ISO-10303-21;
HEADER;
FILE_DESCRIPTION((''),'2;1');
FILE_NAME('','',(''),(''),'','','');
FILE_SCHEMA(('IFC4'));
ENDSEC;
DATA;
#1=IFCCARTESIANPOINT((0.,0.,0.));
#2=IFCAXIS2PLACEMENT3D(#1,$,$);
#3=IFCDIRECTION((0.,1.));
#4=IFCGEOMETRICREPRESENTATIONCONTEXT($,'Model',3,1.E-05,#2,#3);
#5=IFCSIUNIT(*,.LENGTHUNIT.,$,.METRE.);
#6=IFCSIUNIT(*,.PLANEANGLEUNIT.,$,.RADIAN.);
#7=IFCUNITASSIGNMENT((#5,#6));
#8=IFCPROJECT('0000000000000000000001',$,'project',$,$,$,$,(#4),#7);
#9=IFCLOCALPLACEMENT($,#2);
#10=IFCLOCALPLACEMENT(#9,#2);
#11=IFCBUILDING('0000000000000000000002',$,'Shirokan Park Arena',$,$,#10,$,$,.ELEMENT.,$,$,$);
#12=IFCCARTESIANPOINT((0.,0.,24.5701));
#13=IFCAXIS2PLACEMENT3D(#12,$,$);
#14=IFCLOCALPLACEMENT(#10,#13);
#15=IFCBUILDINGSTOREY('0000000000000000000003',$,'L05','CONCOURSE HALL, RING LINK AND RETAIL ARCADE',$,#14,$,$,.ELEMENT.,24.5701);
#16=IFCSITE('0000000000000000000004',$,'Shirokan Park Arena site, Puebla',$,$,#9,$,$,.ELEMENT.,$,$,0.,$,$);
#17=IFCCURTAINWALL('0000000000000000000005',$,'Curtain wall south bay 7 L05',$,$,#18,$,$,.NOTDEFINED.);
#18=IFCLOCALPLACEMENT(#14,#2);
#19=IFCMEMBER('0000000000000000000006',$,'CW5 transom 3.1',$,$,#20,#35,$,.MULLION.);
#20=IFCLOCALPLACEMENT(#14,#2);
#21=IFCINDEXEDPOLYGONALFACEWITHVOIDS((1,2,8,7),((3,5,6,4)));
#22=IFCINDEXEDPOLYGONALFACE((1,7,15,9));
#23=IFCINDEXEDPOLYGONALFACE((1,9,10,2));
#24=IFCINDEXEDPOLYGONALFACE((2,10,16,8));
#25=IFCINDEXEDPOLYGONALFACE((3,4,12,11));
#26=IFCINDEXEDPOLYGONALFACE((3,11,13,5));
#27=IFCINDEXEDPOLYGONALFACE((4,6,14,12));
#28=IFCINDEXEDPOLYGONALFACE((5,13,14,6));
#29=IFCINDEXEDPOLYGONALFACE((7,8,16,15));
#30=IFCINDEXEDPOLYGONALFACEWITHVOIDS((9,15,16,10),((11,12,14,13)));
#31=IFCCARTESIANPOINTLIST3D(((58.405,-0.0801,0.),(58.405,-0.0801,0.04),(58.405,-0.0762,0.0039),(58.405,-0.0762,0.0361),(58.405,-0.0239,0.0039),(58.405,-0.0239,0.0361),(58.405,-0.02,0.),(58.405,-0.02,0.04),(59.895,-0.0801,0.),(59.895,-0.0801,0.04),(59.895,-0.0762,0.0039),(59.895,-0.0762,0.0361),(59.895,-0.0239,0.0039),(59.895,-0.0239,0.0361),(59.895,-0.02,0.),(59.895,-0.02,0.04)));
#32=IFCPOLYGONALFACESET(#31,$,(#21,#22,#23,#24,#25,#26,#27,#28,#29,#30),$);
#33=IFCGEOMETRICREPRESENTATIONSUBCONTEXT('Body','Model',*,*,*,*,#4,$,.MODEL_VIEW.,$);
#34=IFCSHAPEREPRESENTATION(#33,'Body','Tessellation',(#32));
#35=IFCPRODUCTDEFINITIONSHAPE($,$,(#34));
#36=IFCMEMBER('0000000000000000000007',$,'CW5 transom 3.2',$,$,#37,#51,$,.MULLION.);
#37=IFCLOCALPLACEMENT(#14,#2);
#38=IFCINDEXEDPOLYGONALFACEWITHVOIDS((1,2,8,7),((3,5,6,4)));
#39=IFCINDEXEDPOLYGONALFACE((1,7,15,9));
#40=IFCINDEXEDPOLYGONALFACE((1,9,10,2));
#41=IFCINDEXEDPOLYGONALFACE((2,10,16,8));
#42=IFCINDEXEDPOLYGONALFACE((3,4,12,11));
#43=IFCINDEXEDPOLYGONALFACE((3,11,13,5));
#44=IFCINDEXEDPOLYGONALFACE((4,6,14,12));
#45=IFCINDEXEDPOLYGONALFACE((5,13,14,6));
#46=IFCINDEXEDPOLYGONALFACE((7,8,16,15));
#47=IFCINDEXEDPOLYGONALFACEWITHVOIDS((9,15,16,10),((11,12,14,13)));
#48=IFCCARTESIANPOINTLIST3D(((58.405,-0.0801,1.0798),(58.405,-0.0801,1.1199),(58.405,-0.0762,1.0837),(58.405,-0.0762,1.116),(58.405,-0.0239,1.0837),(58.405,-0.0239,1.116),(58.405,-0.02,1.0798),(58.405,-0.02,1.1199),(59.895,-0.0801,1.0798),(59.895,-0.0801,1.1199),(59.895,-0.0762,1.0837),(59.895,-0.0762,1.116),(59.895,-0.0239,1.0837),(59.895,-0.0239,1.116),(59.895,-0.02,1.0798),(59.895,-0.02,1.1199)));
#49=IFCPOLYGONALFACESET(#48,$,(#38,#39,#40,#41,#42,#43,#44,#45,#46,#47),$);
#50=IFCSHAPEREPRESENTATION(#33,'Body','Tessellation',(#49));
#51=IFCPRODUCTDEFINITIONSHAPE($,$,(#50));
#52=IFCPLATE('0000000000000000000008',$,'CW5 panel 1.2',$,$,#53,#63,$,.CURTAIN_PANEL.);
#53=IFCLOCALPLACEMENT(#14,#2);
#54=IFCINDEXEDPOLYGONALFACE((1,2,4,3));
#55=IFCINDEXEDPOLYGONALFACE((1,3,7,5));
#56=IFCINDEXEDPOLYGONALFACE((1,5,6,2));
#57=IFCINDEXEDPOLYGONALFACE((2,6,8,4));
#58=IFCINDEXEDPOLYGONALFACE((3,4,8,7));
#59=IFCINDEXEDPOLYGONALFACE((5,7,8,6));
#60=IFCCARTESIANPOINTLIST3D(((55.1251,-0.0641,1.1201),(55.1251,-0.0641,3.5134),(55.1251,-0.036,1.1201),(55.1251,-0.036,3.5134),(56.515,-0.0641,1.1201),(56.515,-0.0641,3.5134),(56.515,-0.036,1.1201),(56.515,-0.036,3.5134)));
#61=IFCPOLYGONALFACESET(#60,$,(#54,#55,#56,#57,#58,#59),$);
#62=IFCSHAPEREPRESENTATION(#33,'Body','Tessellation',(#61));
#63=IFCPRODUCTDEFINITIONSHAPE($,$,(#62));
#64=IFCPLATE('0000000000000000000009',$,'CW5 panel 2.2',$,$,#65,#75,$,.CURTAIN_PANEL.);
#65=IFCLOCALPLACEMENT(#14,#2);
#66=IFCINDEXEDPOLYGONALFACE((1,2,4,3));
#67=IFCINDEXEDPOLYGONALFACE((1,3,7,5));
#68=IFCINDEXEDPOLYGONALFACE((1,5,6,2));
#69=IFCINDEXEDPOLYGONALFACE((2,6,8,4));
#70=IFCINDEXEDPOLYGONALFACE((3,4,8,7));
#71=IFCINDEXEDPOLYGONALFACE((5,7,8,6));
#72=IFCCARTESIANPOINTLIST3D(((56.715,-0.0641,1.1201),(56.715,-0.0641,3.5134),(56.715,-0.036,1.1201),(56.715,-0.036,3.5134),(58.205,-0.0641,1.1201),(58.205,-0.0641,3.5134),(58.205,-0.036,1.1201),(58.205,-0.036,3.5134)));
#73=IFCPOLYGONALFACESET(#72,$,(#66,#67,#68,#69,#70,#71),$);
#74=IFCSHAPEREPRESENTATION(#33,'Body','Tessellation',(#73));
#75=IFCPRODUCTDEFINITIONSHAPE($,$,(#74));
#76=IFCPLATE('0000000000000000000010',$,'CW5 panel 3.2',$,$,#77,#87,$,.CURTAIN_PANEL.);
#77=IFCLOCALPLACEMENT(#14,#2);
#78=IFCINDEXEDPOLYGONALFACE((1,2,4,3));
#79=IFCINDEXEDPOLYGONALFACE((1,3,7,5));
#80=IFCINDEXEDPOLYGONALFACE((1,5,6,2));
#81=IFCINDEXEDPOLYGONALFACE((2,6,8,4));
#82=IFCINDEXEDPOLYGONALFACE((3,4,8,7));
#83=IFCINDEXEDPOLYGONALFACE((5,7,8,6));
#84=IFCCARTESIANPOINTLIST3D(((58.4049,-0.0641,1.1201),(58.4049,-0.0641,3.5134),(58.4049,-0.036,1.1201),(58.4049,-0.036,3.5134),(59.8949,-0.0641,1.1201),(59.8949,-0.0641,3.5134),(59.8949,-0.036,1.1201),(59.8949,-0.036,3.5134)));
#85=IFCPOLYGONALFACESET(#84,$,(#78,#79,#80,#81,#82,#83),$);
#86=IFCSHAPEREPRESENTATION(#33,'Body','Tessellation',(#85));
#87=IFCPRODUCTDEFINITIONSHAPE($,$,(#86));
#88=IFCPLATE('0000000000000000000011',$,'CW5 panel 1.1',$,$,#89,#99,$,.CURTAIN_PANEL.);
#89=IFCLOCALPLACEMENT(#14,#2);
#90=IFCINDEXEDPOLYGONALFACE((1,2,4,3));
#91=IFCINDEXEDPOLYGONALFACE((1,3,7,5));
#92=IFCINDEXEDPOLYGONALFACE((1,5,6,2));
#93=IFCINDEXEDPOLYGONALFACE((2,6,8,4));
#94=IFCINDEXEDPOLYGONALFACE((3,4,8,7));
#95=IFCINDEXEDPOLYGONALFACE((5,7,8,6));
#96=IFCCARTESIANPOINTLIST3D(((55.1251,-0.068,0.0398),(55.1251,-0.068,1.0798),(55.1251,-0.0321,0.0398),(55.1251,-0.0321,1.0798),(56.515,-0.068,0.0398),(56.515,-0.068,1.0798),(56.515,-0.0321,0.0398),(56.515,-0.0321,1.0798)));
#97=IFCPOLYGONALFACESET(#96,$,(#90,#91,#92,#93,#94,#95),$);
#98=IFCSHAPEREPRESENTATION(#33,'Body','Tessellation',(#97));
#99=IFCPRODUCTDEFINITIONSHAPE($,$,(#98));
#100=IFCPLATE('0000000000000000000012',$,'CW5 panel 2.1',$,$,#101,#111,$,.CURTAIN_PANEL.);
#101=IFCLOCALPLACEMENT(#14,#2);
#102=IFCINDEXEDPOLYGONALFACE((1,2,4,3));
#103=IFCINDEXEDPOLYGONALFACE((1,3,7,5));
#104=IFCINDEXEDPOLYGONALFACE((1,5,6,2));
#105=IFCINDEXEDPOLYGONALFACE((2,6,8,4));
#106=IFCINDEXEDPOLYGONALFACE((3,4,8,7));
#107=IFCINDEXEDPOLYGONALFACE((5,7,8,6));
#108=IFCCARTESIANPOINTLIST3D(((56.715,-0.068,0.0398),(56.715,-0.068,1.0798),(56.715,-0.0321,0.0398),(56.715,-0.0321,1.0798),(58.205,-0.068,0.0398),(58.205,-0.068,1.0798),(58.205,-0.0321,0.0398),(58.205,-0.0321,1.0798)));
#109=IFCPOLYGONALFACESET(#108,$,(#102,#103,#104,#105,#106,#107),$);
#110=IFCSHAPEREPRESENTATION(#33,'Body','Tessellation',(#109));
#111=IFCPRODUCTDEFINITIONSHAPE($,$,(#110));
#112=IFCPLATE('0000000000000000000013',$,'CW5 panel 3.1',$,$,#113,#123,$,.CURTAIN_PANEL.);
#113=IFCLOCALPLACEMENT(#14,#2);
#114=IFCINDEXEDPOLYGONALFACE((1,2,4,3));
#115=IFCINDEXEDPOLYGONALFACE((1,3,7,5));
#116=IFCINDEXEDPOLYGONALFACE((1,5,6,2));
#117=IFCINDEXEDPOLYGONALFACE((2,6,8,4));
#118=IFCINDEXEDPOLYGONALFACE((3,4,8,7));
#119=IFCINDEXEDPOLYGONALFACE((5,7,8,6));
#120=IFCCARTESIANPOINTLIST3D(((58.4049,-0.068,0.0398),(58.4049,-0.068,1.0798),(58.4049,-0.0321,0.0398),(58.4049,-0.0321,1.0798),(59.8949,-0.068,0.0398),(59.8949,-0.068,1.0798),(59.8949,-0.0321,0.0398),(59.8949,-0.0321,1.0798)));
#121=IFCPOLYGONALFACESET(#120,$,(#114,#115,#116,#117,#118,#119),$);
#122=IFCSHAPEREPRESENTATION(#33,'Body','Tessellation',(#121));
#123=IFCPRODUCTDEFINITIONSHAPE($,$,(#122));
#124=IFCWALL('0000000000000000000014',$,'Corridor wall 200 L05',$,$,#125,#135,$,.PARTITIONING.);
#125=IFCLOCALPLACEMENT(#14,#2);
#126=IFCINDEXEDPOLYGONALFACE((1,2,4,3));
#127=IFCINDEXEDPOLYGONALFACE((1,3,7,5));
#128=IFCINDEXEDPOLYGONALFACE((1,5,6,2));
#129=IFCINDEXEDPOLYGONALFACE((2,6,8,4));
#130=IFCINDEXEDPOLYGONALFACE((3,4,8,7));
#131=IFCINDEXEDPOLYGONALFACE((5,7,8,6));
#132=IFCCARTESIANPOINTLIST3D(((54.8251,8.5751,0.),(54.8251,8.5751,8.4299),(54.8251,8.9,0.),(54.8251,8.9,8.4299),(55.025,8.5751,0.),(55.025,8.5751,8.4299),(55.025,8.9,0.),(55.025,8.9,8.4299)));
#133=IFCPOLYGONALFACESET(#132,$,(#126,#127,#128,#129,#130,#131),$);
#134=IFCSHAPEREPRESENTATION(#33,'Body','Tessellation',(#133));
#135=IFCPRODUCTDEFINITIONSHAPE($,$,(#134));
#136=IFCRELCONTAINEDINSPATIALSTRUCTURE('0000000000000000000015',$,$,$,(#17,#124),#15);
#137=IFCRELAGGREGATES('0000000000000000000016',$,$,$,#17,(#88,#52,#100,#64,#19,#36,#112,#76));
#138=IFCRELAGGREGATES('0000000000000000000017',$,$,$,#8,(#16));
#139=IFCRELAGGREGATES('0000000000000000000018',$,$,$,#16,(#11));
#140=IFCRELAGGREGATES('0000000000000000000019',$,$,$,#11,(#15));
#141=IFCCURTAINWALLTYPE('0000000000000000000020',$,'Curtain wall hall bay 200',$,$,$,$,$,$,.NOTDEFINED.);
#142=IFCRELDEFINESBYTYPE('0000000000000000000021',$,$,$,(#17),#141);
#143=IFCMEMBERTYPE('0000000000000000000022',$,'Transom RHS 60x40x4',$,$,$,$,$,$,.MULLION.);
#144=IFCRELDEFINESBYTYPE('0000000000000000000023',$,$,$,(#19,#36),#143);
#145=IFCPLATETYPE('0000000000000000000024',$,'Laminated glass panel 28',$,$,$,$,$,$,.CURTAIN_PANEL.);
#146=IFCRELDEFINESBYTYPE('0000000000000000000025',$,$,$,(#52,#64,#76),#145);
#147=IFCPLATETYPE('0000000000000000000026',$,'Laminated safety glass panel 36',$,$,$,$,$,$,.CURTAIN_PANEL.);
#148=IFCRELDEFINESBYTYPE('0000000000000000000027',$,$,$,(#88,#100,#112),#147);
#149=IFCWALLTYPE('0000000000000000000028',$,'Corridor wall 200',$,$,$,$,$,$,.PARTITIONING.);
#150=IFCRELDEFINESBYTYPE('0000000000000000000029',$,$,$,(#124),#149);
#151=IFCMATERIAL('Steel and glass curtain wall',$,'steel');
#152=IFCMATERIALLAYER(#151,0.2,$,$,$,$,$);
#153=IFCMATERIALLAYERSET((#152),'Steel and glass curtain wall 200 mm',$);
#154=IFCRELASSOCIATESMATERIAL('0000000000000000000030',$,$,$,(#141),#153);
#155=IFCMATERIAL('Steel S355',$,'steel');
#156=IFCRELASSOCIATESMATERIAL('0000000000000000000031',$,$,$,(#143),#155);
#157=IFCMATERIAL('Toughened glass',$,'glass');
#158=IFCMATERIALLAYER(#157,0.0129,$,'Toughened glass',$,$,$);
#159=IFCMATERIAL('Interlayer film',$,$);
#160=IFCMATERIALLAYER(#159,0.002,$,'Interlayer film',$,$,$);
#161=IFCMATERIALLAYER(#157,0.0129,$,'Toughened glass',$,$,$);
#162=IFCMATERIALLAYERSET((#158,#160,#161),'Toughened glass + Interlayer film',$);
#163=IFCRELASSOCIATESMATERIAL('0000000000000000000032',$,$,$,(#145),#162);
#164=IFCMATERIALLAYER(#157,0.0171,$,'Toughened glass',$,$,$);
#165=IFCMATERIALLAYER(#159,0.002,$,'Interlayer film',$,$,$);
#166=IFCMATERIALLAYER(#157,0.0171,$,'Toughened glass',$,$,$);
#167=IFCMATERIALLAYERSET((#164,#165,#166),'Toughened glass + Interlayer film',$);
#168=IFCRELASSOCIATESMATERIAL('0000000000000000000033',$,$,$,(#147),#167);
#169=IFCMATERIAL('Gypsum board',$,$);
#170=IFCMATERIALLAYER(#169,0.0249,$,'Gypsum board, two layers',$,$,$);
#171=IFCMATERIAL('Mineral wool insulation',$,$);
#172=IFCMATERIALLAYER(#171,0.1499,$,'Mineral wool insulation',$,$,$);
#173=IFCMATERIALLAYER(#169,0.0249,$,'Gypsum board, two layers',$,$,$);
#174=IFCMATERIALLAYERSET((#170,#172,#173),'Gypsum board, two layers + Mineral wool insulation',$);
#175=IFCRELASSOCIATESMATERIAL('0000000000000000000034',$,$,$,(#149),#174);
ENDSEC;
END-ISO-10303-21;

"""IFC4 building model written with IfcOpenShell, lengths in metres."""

from ifc_helpers import new_model, si_unit, direction, frame, frame_2d, origin, origin_2d, place, context, subcontext, project, spatial, rectangle, hollow_rectangle, extrude, material, layer, layer_set, material_profile, profile_set, type_object, element, aggregate, save


model = new_model("IFC4")

# Units and contexts
model_context = context("Model", 3, precision=1e-05, world=origin(), true_north=direction((0.0, 1.0)))
body_context = subcontext(model_context, "Body", "Model", "MODEL_VIEW")
ifc_project = project(units=[si_unit("LENGTHUNIT", "METRE"), si_unit("PLANEANGLEUNIT", "RADIAN")], contexts=[model_context])

# Site, building, storey
site_placement = place(None, origin())
site = spatial("IfcSite", under=ifc_project, at=site_placement, Name="Shirokan Park Arena site, Puebla", CompositionType="ELEMENT", RefElevation=0.0)
building_placement = place(site_placement, origin())
building = spatial("IfcBuilding", under=site, at=building_placement, Name="Shirokan Park Arena", CompositionType="ELEMENT")
storey_placement = place(building_placement, frame((0.0, 0.0, 24.5701)))
storey = spatial("IfcBuildingStorey", under=building, at=storey_placement, Name="L05", Description="CONCOURSE HALL, RING LINK AND RETAIL ARCADE", CompositionType="ELEMENT", Elevation=24.5701)

# Curtain wall
ifc_material_1 = material(Name="Steel and glass curtain wall", Category="steel")
ifc_layer_1 = layer(ifc_material_1, 0.2)
ifc_layer_set_1 = layer_set([ifc_layer_1], Name="Steel and glass curtain wall 200 mm")
curtain_wall_type = type_object("IfcCurtainWallType", Name="Curtain wall hall bay 200", PredefinedType="NOTDEFINED", material=ifc_layer_set_1)
curtain_wall_placement = place(storey_placement, origin())
curtain_wall = element("IfcCurtainWall", 1, at=curtain_wall_placement, inside=storey, type_object=curtain_wall_type, Name="Curtain wall south bay 7 L05", PredefinedType="NOTDEFINED")
ifc_material_2 = material(Name="Steel S355", Category="steel")

# Members
ifc_material_profile_1 = material_profile(ifc_material_2, hollow_rectangle(XDim=0.0601, YDim=0.04, WallThickness=0.0039, at=origin_2d()), Name="RHS 60x40x4")
ifc_profile_set_1 = profile_set([ifc_material_profile_1], Name="Steel S355")
member_type_1 = type_object("IfcMemberType", Name="Transom RHS 60x40x4", PredefinedType="MULLION", material=ifc_profile_set_1)
member_1_placement = place(storey_placement, frame((58.405, -0.05, 0.02), z_axis=(1.0, 0.0, 0.0), x_axis=(0.0, 1.0, 0.0)))
member_1 = element("IfcMember", 2, at=member_1_placement, type_object=member_type_1, Name="CW5 transom 3.1", PredefinedType="MULLION", context=body_context, shape_type="SweptSolid", body=[
    extrude(hollow_rectangle(XDim=0.0601, YDim=0.04, WallThickness=0.0039, at=origin_2d()), origin(), (0.0, 0.0, 1.0), 1.49),
])
member_2_placement = place(storey_placement, frame((58.405, -0.05, 1.0999), z_axis=(1.0, 0.0, 0.0), x_axis=(0.0, 1.0, 0.0)))
member_2 = element("IfcMember", 3, at=member_2_placement, type_object=member_type_1, Name="CW5 transom 3.2", PredefinedType="MULLION", context=body_context, shape_type="SweptSolid", body=[
    extrude(hollow_rectangle(XDim=0.0601, YDim=0.04, WallThickness=0.0039, at=origin_2d()), origin(), (0.0, 0.0, 1.0), 1.49),
])

# Plates
ifc_material_3 = material(Name="Toughened glass", Category="glass")
ifc_layer_2 = layer(ifc_material_3, 0.0129, Name="Toughened glass")
ifc_material_4 = material(Name="Interlayer film")
ifc_layer_3 = layer(ifc_material_4, 0.002, Name="Interlayer film")
ifc_layer_4 = layer(ifc_material_3, 0.0129, Name="Toughened glass")
ifc_layer_set_2 = layer_set([ifc_layer_2, ifc_layer_3, ifc_layer_4], Name="Toughened glass + Interlayer film")
plate_type_1 = type_object("IfcPlateType", Name="Laminated glass panel 28", PredefinedType="CURTAIN_PANEL", material=ifc_layer_set_2)
plate_1_placement = place(storey_placement, frame((55.8201, -0.05, 1.1201), z_axis=(0.0, 0.0, 1.0), x_axis=(1.0, 0.0, 0.0)))
plate_1 = element("IfcPlate", 4, at=plate_1_placement, type_object=plate_type_1, Name="CW5 panel 1.2", PredefinedType="CURTAIN_PANEL", context=body_context, shape_type="SweptSolid", body=[
    extrude(rectangle(XDim=1.3899, YDim=0.0281, at=origin_2d()), origin(), (0.0, 0.0, 1.0), 2.3933),
])
plate_2_placement = place(storey_placement, frame((57.46, -0.05, 1.1201), z_axis=(0.0, 0.0, 1.0), x_axis=(1.0, 0.0, 0.0)))
plate_2 = element("IfcPlate", 5, at=plate_2_placement, type_object=plate_type_1, Name="CW5 panel 2.2", PredefinedType="CURTAIN_PANEL", context=body_context, shape_type="SweptSolid", body=[
    extrude(rectangle(XDim=1.49, YDim=0.0281, at=origin_2d()), origin(), (0.0, 0.0, 1.0), 2.3933),
])
plate_3_placement = place(storey_placement, frame((59.1499, -0.05, 1.1201), z_axis=(0.0, 0.0, 1.0), x_axis=(1.0, 0.0, 0.0)))
plate_3 = element("IfcPlate", 6, at=plate_3_placement, type_object=plate_type_1, Name="CW5 panel 3.2", PredefinedType="CURTAIN_PANEL", context=body_context, shape_type="SweptSolid", body=[
    extrude(rectangle(XDim=1.49, YDim=0.0281, at=origin_2d()), origin(), (0.0, 0.0, 1.0), 2.3933),
])
ifc_layer_5 = layer(ifc_material_3, 0.0171, Name="Toughened glass")
ifc_layer_6 = layer(ifc_material_4, 0.002, Name="Interlayer film")
ifc_layer_7 = layer(ifc_material_3, 0.0171, Name="Toughened glass")
ifc_layer_set_3 = layer_set([ifc_layer_5, ifc_layer_6, ifc_layer_7], Name="Toughened glass + Interlayer film")
plate_type_2 = type_object("IfcPlateType", Name="Laminated safety glass panel 36", PredefinedType="CURTAIN_PANEL", material=ifc_layer_set_3)
plate_4_placement = place(storey_placement, frame((55.8201, -0.05, 0.0398), z_axis=(0.0, 0.0, 1.0), x_axis=(1.0, 0.0, 0.0)))
plate_4 = element("IfcPlate", 7, at=plate_4_placement, type_object=plate_type_2, Name="CW5 panel 1.1", PredefinedType="CURTAIN_PANEL", context=body_context, shape_type="SweptSolid", body=[
    extrude(rectangle(XDim=1.3899, YDim=0.0359, at=origin_2d()), origin(), (0.0, 0.0, 1.0), 1.04),
])
plate_5_placement = place(storey_placement, frame((57.46, -0.05, 0.0398), z_axis=(0.0, 0.0, 1.0), x_axis=(1.0, 0.0, 0.0)))
plate_5 = element("IfcPlate", 8, at=plate_5_placement, type_object=plate_type_2, Name="CW5 panel 2.1", PredefinedType="CURTAIN_PANEL", context=body_context, shape_type="SweptSolid", body=[
    extrude(rectangle(XDim=1.49, YDim=0.0359, at=origin_2d()), origin(), (0.0, 0.0, 1.0), 1.04),
])
plate_6_placement = place(storey_placement, frame((59.1499, -0.05, 0.0398), z_axis=(0.0, 0.0, 1.0), x_axis=(1.0, 0.0, 0.0)))
plate_6 = element("IfcPlate", 9, at=plate_6_placement, type_object=plate_type_2, Name="CW5 panel 3.1", PredefinedType="CURTAIN_PANEL", context=body_context, shape_type="SweptSolid", body=[
    extrude(rectangle(XDim=1.49, YDim=0.0359, at=origin_2d()), origin(), (0.0, 0.0, 1.0), 1.04),
])
aggregate(curtain_wall, [plate_4, plate_1, plate_5, plate_2, member_1, member_2, plate_6, plate_3])

# Wall
ifc_material_5 = material(Name="Gypsum board")
ifc_layer_8 = layer(ifc_material_5, 0.0249, Name="Gypsum board, two layers")
ifc_material_6 = material(Name="Mineral wool insulation")
ifc_layer_9 = layer(ifc_material_6, 0.1499, Name="Mineral wool insulation")
ifc_layer_10 = layer(ifc_material_5, 0.0249, Name="Gypsum board, two layers")
ifc_layer_set_4 = layer_set([ifc_layer_8, ifc_layer_9, ifc_layer_10], Name="Gypsum board, two layers + Mineral wool insulation")
wall_type = type_object("IfcWallType", Name="Corridor wall 200", PredefinedType="PARTITIONING", material=ifc_layer_set_4)
wall_placement = place(storey_placement, frame((54.925, 8.575, 0.0), z_axis=(0.0, 0.0, 1.0), x_axis=(0.0, 1.0, 0.0)))
element("IfcWall", 10, at=wall_placement, inside=storey, type_object=wall_type, Name="Corridor wall 200 L05", PredefinedType="PARTITIONING", context=body_context, shape_type="SweptSolid", body=[
    extrude(rectangle(XDim=0.325, YDim=0.2, at=frame_2d((0.1626, 0.0))), origin(), (0.0, 0.0, 1.0), 8.4299),
])

save(model, "model.ifc")
